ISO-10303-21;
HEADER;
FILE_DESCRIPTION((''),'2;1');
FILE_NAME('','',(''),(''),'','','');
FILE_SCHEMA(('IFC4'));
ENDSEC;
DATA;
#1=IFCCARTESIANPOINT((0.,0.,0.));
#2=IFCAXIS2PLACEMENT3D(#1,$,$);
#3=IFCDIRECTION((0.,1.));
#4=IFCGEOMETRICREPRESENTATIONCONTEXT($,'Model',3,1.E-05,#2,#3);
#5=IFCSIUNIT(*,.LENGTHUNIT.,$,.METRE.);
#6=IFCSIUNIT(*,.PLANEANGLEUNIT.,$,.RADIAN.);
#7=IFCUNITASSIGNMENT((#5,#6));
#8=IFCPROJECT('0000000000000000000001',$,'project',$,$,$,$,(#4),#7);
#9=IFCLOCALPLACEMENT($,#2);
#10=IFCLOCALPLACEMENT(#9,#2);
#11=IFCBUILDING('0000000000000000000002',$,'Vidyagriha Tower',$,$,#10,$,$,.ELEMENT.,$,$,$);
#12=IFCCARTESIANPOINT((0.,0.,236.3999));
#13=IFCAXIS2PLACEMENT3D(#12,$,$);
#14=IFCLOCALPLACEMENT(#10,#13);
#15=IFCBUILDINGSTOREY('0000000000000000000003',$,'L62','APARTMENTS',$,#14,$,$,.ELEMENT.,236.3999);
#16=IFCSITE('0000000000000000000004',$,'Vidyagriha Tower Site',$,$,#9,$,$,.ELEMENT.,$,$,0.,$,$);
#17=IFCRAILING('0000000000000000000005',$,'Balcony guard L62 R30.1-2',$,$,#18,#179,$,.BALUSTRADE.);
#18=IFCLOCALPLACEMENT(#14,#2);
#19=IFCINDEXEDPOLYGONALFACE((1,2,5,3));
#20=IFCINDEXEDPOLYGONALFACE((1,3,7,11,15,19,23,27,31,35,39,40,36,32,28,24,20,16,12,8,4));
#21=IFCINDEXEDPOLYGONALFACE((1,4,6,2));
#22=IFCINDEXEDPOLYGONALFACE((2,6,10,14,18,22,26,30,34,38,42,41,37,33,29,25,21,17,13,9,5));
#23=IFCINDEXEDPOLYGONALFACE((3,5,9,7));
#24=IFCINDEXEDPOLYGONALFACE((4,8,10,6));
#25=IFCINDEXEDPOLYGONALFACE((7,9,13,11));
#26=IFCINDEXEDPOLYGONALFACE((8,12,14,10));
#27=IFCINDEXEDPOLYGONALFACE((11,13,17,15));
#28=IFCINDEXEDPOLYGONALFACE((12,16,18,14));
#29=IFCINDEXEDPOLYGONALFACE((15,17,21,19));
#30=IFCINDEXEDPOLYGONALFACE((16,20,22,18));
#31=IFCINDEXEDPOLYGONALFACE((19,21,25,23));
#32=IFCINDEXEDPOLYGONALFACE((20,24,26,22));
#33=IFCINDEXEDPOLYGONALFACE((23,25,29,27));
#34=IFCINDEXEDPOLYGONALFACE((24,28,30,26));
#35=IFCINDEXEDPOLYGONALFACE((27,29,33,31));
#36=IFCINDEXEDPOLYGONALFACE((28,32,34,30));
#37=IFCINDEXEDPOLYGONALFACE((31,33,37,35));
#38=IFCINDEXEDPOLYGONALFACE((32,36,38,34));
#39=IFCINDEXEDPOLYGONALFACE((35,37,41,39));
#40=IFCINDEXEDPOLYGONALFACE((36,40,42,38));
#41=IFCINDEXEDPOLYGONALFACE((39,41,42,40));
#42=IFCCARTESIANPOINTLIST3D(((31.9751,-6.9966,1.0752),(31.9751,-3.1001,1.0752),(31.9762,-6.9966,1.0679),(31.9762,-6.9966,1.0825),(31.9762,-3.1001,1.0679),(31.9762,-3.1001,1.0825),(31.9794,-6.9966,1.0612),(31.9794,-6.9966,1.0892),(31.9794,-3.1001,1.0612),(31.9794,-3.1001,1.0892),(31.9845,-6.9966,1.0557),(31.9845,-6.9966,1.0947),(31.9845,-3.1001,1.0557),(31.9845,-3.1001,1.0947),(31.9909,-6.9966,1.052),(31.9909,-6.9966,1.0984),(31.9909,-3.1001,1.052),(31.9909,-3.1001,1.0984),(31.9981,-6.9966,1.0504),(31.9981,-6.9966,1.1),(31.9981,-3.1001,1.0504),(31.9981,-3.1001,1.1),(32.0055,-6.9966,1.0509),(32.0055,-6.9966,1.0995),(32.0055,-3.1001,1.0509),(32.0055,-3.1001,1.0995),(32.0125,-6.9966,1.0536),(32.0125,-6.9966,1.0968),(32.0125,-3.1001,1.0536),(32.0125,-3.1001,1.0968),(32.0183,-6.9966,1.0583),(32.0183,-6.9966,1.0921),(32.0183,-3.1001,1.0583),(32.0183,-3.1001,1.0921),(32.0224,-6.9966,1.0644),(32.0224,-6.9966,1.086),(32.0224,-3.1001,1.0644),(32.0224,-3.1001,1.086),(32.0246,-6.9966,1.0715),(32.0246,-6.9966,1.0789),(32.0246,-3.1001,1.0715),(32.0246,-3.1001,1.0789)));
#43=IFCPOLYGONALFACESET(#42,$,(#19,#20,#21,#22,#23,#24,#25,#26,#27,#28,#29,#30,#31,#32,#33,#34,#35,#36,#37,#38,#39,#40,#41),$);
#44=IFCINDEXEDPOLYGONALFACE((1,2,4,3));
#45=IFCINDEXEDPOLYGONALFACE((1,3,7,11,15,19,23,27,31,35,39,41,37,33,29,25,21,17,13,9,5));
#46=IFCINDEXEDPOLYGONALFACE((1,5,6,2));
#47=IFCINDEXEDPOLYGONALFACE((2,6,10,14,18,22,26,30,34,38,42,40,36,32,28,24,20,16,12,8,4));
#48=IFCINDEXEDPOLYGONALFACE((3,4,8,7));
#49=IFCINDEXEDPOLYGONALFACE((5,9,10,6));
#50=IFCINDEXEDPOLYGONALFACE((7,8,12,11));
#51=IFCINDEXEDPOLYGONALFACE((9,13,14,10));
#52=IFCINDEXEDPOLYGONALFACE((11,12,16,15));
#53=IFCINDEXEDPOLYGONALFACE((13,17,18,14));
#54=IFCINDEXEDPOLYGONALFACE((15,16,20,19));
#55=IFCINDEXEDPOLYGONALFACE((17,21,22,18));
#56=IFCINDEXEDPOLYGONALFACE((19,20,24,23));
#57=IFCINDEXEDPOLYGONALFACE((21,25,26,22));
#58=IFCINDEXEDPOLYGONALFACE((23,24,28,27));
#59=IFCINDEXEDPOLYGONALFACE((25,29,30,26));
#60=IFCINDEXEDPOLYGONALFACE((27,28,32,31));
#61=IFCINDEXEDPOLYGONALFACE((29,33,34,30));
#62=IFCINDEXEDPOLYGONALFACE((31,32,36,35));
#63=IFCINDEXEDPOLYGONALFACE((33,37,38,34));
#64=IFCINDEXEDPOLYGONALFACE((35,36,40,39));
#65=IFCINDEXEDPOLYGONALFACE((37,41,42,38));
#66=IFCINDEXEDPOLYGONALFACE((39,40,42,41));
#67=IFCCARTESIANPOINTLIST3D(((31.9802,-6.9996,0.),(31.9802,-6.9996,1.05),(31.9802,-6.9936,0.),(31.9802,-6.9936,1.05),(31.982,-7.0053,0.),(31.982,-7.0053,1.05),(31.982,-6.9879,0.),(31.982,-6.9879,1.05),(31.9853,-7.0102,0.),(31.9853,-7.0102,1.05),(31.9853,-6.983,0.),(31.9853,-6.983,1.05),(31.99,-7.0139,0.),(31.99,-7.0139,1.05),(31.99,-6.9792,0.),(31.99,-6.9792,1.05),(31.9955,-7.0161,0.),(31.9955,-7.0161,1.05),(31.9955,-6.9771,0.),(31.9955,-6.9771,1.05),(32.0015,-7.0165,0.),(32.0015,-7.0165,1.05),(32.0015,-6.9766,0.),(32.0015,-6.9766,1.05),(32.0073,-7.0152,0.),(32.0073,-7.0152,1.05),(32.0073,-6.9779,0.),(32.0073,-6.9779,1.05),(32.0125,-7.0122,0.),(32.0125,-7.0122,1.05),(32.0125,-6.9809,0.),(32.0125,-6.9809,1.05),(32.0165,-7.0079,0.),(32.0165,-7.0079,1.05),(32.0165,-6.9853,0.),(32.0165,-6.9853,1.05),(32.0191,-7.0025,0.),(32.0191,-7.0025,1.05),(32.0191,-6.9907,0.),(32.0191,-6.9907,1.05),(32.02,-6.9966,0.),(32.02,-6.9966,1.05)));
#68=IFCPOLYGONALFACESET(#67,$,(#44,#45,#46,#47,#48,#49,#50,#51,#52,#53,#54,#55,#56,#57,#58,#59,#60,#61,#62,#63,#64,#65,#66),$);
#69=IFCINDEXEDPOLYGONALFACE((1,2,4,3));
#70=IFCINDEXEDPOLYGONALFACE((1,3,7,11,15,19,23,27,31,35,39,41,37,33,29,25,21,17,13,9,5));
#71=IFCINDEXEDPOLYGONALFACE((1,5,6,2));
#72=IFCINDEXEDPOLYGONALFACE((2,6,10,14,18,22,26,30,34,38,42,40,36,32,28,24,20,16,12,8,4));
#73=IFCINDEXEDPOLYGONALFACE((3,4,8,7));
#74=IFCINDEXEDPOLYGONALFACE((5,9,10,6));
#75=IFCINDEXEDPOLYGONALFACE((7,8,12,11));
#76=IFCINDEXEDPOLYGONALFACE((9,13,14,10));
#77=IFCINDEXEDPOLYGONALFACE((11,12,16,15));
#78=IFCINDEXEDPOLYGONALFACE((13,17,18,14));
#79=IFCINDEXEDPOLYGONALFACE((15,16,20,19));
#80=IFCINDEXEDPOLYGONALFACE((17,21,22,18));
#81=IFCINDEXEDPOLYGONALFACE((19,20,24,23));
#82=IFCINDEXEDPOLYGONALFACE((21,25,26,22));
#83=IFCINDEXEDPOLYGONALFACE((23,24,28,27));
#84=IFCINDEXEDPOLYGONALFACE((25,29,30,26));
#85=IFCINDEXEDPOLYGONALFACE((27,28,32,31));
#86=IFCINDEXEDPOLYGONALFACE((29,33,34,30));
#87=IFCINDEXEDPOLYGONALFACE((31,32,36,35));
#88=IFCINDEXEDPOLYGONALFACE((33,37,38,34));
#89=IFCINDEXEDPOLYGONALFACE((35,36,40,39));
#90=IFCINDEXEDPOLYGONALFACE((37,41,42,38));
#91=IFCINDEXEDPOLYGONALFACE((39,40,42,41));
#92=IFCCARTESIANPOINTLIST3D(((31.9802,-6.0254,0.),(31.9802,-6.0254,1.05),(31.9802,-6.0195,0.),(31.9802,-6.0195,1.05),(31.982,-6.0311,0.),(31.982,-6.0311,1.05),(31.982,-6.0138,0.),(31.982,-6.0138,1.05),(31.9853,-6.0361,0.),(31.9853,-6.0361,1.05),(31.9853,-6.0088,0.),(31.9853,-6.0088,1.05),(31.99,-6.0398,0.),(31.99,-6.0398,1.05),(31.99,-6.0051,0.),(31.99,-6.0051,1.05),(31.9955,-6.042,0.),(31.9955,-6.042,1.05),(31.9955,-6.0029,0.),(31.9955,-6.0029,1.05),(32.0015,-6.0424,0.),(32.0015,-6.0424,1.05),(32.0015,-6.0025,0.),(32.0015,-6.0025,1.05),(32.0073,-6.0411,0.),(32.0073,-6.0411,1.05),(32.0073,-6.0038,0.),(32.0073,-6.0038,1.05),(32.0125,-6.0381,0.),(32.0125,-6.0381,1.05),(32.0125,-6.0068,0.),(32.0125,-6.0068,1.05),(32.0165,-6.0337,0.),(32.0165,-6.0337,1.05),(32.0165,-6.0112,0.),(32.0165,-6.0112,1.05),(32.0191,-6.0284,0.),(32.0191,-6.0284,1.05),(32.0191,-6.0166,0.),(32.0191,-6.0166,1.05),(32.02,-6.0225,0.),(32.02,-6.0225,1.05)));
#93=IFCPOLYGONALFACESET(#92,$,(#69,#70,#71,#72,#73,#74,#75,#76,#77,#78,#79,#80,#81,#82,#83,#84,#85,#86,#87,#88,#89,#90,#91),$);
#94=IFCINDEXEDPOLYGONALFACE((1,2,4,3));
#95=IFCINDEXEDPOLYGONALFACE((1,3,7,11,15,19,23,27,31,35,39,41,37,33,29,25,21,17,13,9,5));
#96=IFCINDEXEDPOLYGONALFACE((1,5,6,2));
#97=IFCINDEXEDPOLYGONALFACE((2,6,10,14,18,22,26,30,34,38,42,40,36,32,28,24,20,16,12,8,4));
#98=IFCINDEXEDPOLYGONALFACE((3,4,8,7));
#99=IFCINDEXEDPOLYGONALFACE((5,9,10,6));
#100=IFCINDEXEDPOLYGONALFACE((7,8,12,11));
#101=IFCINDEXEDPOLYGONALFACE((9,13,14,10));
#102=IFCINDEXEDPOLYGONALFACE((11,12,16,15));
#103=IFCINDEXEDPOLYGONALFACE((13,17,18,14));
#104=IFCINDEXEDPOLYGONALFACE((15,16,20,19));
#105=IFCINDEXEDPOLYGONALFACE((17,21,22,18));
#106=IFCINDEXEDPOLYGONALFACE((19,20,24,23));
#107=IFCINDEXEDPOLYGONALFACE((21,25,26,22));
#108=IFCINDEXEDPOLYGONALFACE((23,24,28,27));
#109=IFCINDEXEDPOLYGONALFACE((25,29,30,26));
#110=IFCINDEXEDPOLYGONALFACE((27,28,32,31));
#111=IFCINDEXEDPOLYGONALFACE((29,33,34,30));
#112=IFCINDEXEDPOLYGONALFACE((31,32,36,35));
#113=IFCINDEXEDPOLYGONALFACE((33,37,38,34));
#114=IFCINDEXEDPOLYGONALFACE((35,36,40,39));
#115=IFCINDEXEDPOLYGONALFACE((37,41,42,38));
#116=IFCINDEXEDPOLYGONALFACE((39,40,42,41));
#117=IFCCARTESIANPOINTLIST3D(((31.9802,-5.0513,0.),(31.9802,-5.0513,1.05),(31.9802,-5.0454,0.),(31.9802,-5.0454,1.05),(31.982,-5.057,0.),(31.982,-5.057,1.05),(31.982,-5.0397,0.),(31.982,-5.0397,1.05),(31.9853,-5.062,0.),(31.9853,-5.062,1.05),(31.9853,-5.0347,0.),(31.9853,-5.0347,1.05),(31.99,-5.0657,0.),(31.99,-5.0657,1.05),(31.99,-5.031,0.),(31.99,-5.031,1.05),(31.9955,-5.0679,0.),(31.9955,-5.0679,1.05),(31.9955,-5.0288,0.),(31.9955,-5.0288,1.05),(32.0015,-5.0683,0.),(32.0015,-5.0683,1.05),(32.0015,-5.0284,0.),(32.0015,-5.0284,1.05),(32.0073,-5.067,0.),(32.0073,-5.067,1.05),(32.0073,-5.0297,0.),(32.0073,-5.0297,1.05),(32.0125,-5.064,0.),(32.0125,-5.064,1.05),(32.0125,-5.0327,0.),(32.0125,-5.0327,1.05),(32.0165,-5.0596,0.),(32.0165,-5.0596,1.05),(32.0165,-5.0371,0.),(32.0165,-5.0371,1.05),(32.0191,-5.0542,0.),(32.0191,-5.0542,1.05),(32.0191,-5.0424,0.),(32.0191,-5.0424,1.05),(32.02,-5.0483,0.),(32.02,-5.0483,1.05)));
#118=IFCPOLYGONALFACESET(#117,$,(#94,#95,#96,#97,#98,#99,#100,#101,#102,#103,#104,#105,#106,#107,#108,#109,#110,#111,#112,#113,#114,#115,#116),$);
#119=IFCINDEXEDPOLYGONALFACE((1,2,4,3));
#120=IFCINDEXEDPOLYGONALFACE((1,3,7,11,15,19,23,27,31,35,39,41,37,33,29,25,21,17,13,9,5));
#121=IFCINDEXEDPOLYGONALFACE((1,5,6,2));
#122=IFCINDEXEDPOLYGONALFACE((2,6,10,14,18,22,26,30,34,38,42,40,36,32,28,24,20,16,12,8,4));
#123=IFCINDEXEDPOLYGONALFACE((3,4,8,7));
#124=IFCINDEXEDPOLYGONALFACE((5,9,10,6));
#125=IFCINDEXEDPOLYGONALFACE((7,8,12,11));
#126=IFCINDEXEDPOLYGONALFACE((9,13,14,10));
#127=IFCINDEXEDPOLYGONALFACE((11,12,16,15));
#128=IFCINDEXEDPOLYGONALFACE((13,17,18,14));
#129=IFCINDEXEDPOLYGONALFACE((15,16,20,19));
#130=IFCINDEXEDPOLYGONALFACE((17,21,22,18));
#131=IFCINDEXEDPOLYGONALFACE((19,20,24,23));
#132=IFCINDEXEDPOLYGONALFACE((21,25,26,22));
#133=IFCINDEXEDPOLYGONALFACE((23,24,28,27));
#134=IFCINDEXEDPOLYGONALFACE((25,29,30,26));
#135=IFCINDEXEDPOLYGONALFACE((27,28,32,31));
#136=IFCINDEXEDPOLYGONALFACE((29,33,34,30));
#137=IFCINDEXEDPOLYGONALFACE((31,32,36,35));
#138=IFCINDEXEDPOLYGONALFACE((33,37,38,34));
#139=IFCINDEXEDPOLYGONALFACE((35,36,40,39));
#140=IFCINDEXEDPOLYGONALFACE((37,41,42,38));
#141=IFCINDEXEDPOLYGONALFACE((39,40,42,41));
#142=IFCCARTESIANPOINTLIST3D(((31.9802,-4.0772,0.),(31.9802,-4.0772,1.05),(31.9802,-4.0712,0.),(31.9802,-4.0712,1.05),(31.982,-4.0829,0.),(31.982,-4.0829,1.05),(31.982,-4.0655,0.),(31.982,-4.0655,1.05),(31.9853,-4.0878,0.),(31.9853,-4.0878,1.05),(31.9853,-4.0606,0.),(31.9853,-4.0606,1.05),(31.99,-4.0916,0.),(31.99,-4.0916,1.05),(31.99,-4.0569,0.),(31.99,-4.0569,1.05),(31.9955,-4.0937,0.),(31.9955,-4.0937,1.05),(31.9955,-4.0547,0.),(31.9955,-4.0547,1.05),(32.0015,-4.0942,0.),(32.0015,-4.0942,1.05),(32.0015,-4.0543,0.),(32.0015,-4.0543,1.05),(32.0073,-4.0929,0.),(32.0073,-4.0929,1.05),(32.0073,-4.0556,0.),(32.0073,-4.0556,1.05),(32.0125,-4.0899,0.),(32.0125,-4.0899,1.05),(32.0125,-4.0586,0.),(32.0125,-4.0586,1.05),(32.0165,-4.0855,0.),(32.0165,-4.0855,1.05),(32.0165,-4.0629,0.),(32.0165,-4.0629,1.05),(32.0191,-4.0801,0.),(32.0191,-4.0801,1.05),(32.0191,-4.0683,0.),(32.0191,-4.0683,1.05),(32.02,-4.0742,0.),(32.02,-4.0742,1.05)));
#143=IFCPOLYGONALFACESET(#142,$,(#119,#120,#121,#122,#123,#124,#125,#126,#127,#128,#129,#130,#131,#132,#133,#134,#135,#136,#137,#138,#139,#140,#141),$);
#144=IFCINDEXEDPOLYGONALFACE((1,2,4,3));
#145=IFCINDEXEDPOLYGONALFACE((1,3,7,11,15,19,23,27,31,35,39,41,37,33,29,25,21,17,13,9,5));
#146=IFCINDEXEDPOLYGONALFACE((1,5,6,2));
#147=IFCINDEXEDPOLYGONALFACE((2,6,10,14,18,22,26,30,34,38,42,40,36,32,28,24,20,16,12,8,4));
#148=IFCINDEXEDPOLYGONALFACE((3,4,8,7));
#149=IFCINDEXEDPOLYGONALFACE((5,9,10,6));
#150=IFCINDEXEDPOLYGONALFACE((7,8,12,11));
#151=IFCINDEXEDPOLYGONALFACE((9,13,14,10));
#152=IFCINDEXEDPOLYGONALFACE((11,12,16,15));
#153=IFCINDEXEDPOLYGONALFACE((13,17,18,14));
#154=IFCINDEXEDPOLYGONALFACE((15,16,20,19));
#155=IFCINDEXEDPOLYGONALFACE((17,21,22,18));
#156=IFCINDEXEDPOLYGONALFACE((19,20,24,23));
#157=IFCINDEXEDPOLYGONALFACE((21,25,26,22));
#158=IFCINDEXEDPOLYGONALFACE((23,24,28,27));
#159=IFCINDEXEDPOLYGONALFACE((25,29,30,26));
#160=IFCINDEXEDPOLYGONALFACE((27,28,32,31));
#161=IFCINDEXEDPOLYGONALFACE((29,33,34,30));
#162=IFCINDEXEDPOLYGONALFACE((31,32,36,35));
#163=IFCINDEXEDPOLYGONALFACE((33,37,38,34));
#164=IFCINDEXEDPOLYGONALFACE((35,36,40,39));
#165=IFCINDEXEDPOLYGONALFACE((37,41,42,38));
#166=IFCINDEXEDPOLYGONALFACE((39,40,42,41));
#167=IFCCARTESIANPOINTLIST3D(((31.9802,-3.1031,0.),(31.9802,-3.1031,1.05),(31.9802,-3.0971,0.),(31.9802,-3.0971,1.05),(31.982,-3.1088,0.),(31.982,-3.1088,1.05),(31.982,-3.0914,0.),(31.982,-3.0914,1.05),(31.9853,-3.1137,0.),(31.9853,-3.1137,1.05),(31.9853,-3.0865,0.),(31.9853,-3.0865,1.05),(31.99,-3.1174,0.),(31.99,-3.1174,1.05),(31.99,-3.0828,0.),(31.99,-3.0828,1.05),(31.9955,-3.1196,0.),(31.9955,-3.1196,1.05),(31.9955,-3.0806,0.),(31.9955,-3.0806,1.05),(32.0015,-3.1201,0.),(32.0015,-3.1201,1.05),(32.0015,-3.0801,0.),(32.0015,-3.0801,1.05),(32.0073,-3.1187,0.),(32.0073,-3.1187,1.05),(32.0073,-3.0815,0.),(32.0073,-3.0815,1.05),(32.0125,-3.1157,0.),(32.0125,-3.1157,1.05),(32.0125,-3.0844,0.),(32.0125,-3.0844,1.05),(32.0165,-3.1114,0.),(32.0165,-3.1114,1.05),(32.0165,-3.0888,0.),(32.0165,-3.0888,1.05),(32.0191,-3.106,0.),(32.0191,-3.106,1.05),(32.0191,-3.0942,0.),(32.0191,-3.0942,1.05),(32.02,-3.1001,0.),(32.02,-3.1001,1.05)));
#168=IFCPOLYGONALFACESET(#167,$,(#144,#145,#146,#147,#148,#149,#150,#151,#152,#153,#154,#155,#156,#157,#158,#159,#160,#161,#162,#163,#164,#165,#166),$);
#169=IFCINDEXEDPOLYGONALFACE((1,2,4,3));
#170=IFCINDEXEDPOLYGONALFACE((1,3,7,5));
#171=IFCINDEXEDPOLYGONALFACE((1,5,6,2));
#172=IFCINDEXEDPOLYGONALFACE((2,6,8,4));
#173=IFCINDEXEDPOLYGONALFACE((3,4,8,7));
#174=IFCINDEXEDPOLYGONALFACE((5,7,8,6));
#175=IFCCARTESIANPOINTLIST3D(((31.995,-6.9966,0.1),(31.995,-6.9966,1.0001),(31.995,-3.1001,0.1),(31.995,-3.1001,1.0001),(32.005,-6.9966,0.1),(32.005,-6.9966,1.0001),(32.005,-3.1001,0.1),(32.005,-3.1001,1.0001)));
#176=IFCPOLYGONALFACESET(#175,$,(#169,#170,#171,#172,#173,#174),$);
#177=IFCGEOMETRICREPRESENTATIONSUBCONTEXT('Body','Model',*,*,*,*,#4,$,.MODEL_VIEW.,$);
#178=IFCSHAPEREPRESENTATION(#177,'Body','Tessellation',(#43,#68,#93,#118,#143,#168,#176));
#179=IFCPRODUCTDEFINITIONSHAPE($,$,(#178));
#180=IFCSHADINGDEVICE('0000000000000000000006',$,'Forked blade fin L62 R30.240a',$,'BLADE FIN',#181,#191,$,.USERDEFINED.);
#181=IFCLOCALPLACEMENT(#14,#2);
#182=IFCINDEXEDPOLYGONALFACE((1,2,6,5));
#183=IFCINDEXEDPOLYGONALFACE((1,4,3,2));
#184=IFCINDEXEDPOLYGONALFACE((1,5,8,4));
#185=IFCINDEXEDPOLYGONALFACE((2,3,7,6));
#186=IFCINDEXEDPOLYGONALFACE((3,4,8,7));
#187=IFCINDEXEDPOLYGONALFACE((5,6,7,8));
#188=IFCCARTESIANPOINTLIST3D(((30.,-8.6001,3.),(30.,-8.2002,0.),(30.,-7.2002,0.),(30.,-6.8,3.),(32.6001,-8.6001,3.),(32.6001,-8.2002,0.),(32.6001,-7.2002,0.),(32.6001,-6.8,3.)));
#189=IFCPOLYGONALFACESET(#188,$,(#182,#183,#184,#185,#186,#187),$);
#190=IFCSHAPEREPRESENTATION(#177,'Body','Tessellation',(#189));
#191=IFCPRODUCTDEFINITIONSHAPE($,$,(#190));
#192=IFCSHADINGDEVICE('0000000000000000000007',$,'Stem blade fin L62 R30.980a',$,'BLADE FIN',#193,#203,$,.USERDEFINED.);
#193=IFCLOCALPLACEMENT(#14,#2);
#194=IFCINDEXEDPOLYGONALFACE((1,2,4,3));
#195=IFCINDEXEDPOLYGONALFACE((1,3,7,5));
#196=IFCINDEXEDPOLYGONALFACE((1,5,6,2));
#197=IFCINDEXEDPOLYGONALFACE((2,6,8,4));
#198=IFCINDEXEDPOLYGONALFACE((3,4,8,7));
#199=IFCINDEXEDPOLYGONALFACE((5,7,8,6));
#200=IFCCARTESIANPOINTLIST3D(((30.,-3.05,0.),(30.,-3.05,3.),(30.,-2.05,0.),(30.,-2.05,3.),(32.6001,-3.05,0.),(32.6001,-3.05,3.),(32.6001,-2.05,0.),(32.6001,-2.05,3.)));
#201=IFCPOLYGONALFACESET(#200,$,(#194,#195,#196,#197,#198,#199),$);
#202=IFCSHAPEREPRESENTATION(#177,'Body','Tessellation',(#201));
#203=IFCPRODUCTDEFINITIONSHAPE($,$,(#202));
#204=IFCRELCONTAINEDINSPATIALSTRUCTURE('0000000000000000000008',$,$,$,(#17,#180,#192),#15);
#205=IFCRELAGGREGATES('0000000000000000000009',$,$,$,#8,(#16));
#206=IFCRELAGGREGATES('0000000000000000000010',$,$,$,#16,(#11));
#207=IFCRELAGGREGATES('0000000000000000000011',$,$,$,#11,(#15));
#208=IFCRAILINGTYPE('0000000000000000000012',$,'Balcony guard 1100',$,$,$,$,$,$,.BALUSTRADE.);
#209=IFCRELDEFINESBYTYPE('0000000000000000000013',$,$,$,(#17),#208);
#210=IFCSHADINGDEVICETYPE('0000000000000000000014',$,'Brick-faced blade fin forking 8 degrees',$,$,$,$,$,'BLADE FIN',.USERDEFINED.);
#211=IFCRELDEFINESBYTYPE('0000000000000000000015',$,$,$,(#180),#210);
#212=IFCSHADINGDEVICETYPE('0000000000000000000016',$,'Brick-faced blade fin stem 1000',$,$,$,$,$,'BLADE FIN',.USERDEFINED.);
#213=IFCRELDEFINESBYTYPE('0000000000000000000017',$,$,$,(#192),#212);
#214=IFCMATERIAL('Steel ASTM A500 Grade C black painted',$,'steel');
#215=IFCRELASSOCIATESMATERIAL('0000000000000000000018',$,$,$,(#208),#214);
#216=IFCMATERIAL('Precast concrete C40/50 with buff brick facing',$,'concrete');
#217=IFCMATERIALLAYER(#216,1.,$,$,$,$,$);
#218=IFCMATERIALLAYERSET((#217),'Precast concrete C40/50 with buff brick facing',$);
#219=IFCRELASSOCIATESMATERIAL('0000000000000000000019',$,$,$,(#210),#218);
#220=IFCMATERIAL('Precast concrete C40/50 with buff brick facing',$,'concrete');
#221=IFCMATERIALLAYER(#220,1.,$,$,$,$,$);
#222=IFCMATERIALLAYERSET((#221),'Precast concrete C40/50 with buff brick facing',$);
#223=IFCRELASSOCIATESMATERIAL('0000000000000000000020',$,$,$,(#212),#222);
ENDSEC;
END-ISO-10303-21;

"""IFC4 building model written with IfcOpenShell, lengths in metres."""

from ifc_helpers import new_model, si_unit, direction, frame, origin, origin_2d, place, context, subcontext, project, spatial, polyline, rectangle, circle, outline, extrude, material, layer, layer_set, type_object, element, save


model = new_model("IFC4")

# Units and contexts
model_context = context("Model", 3, precision=1e-05, world=origin(), true_north=direction((0.0, 1.0)))
body_context = subcontext(model_context, "Body", "Model", "MODEL_VIEW")
ifc_project = project(units=[si_unit("LENGTHUNIT", "METRE"), si_unit("PLANEANGLEUNIT", "RADIAN")], contexts=[model_context])

# Site, building, storey
site_placement = place(None, origin())
site = spatial("IfcSite", under=ifc_project, at=site_placement, Name="Vidyagriha Tower Site", CompositionType="ELEMENT", RefElevation=0.0)
building_placement = place(site_placement, origin())
building = spatial("IfcBuilding", under=site, at=building_placement, Name="Vidyagriha Tower", CompositionType="ELEMENT")
storey_placement = place(building_placement, frame((0.0, 0.0, 236.3999)))
storey = spatial("IfcBuildingStorey", under=building, at=storey_placement, Name="L62", Description="APARTMENTS", CompositionType="ELEMENT", Elevation=236.3999)

# Railing
ifc_material_1 = material(Name="Steel ASTM A500 Grade C black painted", Category="steel")
railing_type_1 = type_object("IfcRailingType", Name="Balcony guard 1100", PredefinedType="BALUSTRADE", material=ifc_material_1)
railing_1_placement = place(storey_placement, frame((32.0, -6.9966, 0.0)))
element("IfcRailing", 1, at=railing_1_placement, inside=storey, type_object=railing_type_1, Name="Balcony guard L62 R30.1-2", PredefinedType="BALUSTRADE", context=body_context, shape_type="SweptSolid", body=[
    extrude(circle(Radius=0.0249, at=origin_2d()), frame((0.0, 0.0, 1.0752), z_axis=(0.0, 1.0, 0.0), x_axis=(-1.0, 0.0, 0.0)), (0.0, 0.0, 1.0), 3.8965),
    extrude(circle(Radius=0.02, at=origin_2d()), origin(), (0.0, 0.0, 1.0), 1.05),
    extrude(circle(Radius=0.02, at=origin_2d()), frame((0.0, 0.9741, 0.0)), (0.0, 0.0, 1.0), 1.05),
    extrude(circle(Radius=0.02, at=origin_2d()), frame((0.0, 1.9482, 0.0)), (0.0, 0.0, 1.0), 1.05),
    extrude(circle(Radius=0.02, at=origin_2d()), frame((0.0, 2.9224, 0.0)), (0.0, 0.0, 1.0), 1.05),
    extrude(circle(Radius=0.02, at=origin_2d()), frame((0.0, 3.8965, 0.0)), (0.0, 0.0, 1.0), 1.05),
    extrude(rectangle(XDim=0.01, YDim=0.9001, at=origin_2d()), frame((0.0, 0.0, 0.55), z_axis=(0.0, 1.0, 0.0), x_axis=(-1.0, 0.0, 0.0)), (0.0, 0.0, 1.0), 3.8965),
])

# Shading devices
ifc_material_2 = material(Name="Precast concrete C40/50 with buff brick facing", Category="concrete")
ifc_layer_1 = layer(ifc_material_2, 1.0)
ifc_layer_set_1 = layer_set([ifc_layer_1], Name="Precast concrete C40/50 with buff brick facing")
shading_device_type_1 = type_object("IfcShadingDeviceType", Name="Brick-faced blade fin forking 8 degrees", ElementType="BLADE FIN", PredefinedType="USERDEFINED", material=ifc_layer_set_1)
shading_device_1_placement = place(storey_placement, frame((31.3, -8.6001, 0.0), z_axis=(0.0, 0.0, 1.0), x_axis=(0.0, 1.0, 0.0)))
element("IfcShadingDevice", 2, at=shading_device_1_placement, inside=storey, type_object=shading_device_type_1, Name="Forked blade fin L62 R30.240a", ObjectType="BLADE FIN", PredefinedType="USERDEFINED", context=body_context, shape_type="SweptSolid", body=[
    extrude(outline(polyline([(0.3999, 0.0), (1.3999, 0.0), (1.8, 3.0), (0.0, 3.0), (0.3999, 0.0)])), frame((0.0, 1.3, 0.0), z_axis=(0.0, -1.0, 0.0), x_axis=(1.0, 0.0, 0.0)), (0.0, 0.0, 1.0), 2.6001),
])
ifc_material_3 = material(Name="Precast concrete C40/50 with buff brick facing", Category="concrete")
ifc_layer_2 = layer(ifc_material_3, 1.0)
ifc_layer_set_2 = layer_set([ifc_layer_2], Name="Precast concrete C40/50 with buff brick facing")
shading_device_type_2 = type_object("IfcShadingDeviceType", Name="Brick-faced blade fin stem 1000", ElementType="BLADE FIN", PredefinedType="USERDEFINED", material=ifc_layer_set_2)
shading_device_2_placement = place(storey_placement, frame((31.3, -3.05, 0.0), z_axis=(0.0, 0.0, 1.0), x_axis=(0.0, 1.0, 0.0)))
element("IfcShadingDevice", 3, at=shading_device_2_placement, inside=storey, type_object=shading_device_type_2, Name="Stem blade fin L62 R30.980a", ObjectType="BLADE FIN", PredefinedType="USERDEFINED", context=body_context, shape_type="SweptSolid", body=[
    extrude(outline(polyline([(0.0, 0.0), (1.0, 0.0), (1.0, 3.0), (0.0, 3.0), (0.0, 0.0)])), frame((0.0, 1.3, 0.0), z_axis=(0.0, -1.0, 0.0), x_axis=(1.0, 0.0, 0.0)), (0.0, 0.0, 1.0), 2.6001),
])

save(model, "model.ifc")
